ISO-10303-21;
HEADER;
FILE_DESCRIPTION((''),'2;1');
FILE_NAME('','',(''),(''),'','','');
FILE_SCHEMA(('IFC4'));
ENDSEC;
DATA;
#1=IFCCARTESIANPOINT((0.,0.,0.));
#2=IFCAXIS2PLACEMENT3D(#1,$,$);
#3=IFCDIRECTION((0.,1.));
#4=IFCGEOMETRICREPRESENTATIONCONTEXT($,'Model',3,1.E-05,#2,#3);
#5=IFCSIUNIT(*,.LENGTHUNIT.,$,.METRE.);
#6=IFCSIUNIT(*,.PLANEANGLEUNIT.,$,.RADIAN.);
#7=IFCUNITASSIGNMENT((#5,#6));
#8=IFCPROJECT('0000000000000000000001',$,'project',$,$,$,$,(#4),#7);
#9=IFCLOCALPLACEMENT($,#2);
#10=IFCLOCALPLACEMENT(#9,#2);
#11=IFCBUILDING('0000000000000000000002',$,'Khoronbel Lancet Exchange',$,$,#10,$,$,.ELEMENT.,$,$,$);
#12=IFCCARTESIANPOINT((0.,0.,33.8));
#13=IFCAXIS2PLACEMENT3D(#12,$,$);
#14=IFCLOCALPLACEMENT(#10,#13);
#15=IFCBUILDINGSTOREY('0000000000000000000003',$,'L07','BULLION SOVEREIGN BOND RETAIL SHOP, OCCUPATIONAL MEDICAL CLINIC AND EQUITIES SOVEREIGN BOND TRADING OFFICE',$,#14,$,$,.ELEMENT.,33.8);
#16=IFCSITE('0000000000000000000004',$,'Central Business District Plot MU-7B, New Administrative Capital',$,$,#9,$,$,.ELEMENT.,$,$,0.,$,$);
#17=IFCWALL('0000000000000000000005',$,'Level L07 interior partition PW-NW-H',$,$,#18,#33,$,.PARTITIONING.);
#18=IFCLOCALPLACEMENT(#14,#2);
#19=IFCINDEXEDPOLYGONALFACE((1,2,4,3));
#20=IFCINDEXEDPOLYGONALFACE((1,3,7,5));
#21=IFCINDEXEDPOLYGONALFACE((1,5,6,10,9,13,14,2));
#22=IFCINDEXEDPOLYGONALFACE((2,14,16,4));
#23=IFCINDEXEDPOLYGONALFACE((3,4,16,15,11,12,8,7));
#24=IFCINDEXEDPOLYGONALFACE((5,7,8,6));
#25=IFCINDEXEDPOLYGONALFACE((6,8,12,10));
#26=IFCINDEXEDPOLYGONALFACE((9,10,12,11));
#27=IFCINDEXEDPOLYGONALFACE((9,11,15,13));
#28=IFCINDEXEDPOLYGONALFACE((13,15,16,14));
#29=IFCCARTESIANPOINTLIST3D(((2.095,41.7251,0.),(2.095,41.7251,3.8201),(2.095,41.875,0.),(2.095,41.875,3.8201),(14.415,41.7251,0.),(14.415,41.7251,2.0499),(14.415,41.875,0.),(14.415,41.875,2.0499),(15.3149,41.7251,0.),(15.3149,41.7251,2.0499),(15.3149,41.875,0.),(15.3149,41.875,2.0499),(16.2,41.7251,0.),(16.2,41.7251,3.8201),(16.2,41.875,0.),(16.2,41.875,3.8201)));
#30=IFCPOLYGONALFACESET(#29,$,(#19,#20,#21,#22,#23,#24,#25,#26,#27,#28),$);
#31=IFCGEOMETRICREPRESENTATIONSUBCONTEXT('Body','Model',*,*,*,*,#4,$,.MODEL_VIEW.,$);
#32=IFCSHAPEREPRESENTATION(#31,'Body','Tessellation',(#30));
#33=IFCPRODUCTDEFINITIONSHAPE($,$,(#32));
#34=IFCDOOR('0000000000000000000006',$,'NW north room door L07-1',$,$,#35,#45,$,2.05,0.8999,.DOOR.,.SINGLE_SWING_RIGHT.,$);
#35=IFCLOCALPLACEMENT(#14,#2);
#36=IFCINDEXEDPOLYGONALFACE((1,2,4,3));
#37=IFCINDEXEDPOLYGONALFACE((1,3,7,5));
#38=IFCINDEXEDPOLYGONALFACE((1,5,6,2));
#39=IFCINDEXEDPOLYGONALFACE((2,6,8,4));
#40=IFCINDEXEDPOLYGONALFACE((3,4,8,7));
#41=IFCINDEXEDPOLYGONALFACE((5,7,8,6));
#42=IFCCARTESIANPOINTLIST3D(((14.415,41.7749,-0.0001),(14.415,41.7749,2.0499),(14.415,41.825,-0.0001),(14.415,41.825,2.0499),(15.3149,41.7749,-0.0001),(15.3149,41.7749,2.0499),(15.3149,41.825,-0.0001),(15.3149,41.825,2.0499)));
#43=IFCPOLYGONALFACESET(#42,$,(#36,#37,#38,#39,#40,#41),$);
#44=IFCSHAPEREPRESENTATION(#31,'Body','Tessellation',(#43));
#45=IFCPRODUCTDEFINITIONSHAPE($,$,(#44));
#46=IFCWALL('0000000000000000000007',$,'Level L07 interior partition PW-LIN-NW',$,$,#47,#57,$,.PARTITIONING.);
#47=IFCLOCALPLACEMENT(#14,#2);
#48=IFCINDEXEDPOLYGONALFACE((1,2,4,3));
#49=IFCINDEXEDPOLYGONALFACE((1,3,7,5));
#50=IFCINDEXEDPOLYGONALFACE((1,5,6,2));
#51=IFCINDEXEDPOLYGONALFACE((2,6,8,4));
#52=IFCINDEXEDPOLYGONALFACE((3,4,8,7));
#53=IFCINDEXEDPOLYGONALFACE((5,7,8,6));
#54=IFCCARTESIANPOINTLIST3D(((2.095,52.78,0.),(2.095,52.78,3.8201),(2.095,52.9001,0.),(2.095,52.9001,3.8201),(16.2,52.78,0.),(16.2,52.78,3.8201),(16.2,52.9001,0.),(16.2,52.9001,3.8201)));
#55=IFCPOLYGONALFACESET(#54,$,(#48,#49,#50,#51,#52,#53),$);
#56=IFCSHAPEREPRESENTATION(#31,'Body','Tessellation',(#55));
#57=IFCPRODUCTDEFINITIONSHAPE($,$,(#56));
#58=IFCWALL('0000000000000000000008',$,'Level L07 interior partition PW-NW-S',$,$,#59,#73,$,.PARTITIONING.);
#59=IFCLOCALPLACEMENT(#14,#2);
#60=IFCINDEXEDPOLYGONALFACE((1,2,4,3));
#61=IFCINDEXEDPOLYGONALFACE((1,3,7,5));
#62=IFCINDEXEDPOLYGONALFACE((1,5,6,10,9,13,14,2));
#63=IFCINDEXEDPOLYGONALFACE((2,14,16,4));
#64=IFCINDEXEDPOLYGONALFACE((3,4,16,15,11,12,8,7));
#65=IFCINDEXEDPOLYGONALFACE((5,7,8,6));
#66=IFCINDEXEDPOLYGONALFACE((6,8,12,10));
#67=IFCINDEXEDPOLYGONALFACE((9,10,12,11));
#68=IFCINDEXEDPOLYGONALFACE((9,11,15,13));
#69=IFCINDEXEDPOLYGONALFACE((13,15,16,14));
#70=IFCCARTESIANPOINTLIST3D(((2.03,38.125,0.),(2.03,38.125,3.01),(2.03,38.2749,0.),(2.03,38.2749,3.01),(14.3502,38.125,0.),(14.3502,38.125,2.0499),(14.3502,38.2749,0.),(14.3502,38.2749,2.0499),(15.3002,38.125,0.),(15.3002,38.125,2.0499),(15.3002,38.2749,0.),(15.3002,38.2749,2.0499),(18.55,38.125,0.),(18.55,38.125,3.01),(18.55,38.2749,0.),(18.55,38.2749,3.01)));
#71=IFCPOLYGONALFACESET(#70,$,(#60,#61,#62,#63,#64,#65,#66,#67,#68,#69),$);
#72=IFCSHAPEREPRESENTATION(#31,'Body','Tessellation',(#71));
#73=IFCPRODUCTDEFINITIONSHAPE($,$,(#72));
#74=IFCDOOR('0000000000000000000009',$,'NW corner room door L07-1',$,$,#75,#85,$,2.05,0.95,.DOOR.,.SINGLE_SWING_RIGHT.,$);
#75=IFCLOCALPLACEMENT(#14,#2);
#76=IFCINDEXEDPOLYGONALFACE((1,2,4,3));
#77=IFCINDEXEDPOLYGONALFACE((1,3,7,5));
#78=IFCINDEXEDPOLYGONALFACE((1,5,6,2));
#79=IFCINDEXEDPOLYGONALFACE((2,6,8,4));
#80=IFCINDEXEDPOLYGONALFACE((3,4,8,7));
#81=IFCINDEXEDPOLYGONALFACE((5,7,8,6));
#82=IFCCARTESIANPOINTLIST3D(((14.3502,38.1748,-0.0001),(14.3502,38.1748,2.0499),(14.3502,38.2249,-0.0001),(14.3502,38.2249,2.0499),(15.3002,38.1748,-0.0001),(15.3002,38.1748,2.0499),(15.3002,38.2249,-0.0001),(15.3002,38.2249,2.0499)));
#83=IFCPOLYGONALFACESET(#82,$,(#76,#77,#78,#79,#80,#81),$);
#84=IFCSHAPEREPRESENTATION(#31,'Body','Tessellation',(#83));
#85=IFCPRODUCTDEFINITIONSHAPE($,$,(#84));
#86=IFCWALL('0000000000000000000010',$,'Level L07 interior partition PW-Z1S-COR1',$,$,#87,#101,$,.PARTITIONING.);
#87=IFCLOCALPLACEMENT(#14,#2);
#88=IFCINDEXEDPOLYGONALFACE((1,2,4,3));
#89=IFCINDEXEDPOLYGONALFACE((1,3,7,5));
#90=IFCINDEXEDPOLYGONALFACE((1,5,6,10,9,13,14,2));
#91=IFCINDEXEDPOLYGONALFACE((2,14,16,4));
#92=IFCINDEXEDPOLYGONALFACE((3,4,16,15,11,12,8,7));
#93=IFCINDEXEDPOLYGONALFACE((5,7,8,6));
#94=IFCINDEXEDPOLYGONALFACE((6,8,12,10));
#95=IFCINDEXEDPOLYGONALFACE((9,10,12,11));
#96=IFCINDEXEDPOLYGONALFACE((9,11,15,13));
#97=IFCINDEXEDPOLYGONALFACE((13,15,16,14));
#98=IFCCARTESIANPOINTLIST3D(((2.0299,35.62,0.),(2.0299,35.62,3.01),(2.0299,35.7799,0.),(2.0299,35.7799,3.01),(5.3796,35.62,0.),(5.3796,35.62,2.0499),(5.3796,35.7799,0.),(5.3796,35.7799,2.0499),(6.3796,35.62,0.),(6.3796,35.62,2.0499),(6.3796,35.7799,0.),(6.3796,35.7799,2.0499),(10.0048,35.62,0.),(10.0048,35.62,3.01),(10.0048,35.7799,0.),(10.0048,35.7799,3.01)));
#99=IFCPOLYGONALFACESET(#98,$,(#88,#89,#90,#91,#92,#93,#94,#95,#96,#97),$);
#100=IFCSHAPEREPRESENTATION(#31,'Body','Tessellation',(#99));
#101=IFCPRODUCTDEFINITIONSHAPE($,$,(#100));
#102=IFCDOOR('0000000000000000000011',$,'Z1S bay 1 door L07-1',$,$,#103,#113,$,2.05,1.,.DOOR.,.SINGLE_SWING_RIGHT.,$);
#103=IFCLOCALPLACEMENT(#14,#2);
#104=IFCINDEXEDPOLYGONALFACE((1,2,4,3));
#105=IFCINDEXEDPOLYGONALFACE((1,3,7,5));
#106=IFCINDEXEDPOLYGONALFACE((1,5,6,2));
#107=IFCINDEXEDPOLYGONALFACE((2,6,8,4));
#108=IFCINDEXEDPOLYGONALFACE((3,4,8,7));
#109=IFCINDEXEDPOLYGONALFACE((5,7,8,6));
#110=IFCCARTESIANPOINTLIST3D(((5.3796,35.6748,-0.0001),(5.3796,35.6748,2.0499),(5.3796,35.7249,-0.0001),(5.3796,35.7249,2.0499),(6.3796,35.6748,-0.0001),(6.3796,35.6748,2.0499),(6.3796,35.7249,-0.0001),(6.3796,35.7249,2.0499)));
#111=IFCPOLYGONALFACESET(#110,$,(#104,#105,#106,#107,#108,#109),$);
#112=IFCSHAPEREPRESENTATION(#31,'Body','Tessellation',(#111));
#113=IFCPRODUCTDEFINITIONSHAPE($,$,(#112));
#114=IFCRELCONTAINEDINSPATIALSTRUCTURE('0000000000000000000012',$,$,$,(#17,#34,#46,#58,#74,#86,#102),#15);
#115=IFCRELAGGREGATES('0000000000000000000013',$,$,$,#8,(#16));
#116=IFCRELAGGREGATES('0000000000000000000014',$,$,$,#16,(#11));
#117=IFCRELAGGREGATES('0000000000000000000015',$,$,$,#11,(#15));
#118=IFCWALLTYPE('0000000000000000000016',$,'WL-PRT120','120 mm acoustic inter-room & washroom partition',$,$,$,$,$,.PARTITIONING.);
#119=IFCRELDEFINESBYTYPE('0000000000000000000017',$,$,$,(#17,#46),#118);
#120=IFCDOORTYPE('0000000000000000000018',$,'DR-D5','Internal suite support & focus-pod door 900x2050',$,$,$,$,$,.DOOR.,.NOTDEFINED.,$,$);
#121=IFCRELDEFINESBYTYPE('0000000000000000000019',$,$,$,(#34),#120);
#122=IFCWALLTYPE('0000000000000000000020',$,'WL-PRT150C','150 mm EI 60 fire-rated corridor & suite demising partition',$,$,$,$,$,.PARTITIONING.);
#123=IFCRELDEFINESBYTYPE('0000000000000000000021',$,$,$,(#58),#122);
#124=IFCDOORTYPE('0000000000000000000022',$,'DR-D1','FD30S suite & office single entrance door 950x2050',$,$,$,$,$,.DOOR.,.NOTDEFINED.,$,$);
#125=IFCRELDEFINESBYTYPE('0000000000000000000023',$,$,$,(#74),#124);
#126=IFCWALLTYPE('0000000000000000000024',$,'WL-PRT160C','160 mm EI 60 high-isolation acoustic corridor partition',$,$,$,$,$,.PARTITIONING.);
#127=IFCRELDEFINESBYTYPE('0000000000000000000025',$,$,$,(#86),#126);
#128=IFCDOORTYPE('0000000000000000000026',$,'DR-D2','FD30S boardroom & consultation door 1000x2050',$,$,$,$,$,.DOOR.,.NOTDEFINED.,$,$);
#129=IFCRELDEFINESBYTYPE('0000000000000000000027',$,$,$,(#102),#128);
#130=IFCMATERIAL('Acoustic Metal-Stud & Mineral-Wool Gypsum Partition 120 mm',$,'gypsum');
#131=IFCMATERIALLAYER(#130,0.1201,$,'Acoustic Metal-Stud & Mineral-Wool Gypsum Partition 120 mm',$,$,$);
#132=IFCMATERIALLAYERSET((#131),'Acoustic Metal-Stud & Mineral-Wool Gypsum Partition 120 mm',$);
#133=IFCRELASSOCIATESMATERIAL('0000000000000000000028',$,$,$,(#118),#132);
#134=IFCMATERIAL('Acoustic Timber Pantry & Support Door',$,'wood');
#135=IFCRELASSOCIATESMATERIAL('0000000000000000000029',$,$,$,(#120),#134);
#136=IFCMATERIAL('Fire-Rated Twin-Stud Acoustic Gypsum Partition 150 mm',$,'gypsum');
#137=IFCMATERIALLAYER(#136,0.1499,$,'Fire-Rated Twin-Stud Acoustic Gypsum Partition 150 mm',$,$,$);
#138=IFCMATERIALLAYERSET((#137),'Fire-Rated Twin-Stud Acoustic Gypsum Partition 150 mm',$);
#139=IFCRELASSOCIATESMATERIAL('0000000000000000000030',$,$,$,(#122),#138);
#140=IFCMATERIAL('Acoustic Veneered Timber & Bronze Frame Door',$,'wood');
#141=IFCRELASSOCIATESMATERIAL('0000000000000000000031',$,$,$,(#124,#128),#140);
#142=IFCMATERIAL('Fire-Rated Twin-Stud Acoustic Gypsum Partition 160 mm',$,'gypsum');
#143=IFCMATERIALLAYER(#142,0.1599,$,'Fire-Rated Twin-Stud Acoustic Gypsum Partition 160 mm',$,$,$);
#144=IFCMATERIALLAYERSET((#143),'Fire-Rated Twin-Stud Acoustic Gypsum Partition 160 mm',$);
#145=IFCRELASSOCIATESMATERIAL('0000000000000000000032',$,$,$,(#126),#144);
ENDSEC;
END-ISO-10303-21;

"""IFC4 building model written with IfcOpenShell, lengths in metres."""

from ifc_helpers import new_model, si_unit, direction, frame, frame_2d, origin, place, context, subcontext, project, spatial, rectangle, extrude, material, layer, layer_set, type_object, element, fill, save


model = new_model("IFC4")

# Units and contexts
model_context = context("Model", 3, precision=1e-05, world=origin(), true_north=direction((0.0, 1.0)))
body_context = subcontext(model_context, "Body", "Model", "MODEL_VIEW")
ifc_project = project(units=[si_unit("LENGTHUNIT", "METRE"), si_unit("PLANEANGLEUNIT", "RADIAN")], contexts=[model_context])

# Site, building, storey
site_placement = place(None, origin())
site = spatial("IfcSite", under=ifc_project, at=site_placement, Name="Central Business District Plot MU-7B, New Administrative Capital", CompositionType="ELEMENT", RefElevation=0.0)
building_placement = place(site_placement, origin())
building = spatial("IfcBuilding", under=site, at=building_placement, Name="Khoronbel Lancet Exchange", CompositionType="ELEMENT")
storey_placement = place(building_placement, frame((0.0, 0.0, 33.8)))
storey = spatial("IfcBuildingStorey", under=building, at=storey_placement, Name="L07", Description="BULLION SOVEREIGN BOND RETAIL SHOP, OCCUPATIONAL MEDICAL CLINIC AND EQUITIES SOVEREIGN BOND TRADING OFFICE", CompositionType="ELEMENT", Elevation=33.8)

# Wall, opening, door
ifc_material_1 = material(Name="Acoustic Metal-Stud & Mineral-Wool Gypsum Partition 120 mm", Category="gypsum")
ifc_layer_1 = layer(ifc_material_1, 0.1201, Name="Acoustic Metal-Stud & Mineral-Wool Gypsum Partition 120 mm")
ifc_layer_set_1 = layer_set([ifc_layer_1], Name="Acoustic Metal-Stud & Mineral-Wool Gypsum Partition 120 mm")
wall_type_1 = type_object("IfcWallType", Name="WL-PRT120", Description="120 mm acoustic inter-room & washroom partition", PredefinedType="PARTITIONING", material=ifc_layer_set_1)
wall_1_placement = place(storey_placement, frame((2.095, 41.8, 0.0), z_axis=(0.0, 0.0, 1.0), x_axis=(1.0, 0.0, 0.0)))
wall_1 = element("IfcWall", 1, at=wall_1_placement, inside=storey, type_object=wall_type_1, Name="Level L07 interior partition PW-NW-H", PredefinedType="PARTITIONING", context=body_context, shape_type="SweptSolid", body=[
    extrude(rectangle(XDim=14.105, YDim=0.1499, at=frame_2d((7.0525, 0.0))), origin(), (0.0, 0.0, 1.0), 3.8201),
])
opening_1_placement = place(wall_1_placement, frame((12.3201, 0.0, 0.0)))
opening_1 = element("IfcOpeningElement", 2, at=opening_1_placement, cuts=wall_1, PredefinedType="OPENING", context=body_context, shape_type="SweptSolid", body=[
    extrude(rectangle(XDim=0.8999, YDim=2.05, at=frame_2d((0.45, 1.0249))), frame((0.0, 0.085, 0.0), z_axis=(0.0, -1.0, 0.0), x_axis=(1.0, 0.0, 0.0)), (0.0, 0.0, 1.0), 0.1699),
])
ifc_material_2 = material(Name="Acoustic Timber Pantry & Support Door", Category="wood")
door_type_1 = type_object("IfcDoorType", Name="DR-D5", Description="Internal suite support & focus-pod door 900x2050", OperationType="NOTDEFINED", PredefinedType="DOOR", material=ifc_material_2)
door_1_placement = place(opening_1_placement, origin())
door_1 = element("IfcDoor", 3, at=door_1_placement, inside=storey, type_object=door_type_1, Name="NW north room door L07-1", OperationType="SINGLE_SWING_RIGHT", OverallHeight=2.05, OverallWidth=0.8999, PredefinedType="DOOR", context=body_context, shape_type="SweptSolid", body=[
    extrude(rectangle(XDim=0.8999, YDim=2.05, at=frame_2d((0.45, 1.0249))), frame((0.0, 0.0249, 0.0), z_axis=(0.0, -1.0, 0.0), x_axis=(1.0, 0.0, 0.0)), (0.0, 0.0, 1.0), 0.05),
])
fill(opening_1, door_1)

# Wall
wall_2_placement = place(storey_placement, frame((2.095, 52.8401, 0.0), z_axis=(0.0, 0.0, 1.0), x_axis=(1.0, 0.0, 0.0)))
element("IfcWall", 4, at=wall_2_placement, inside=storey, type_object=wall_type_1, Name="Level L07 interior partition PW-LIN-NW", PredefinedType="PARTITIONING", context=body_context, shape_type="SweptSolid", body=[
    extrude(rectangle(XDim=14.105, YDim=0.1201, at=frame_2d((7.0525, 0.0))), origin(), (0.0, 0.0, 1.0), 3.8201),
])

# Walls, openings, doors
ifc_material_3 = material(Name="Fire-Rated Twin-Stud Acoustic Gypsum Partition 150 mm", Category="gypsum")
ifc_layer_2 = layer(ifc_material_3, 0.1499, Name="Fire-Rated Twin-Stud Acoustic Gypsum Partition 150 mm")
ifc_layer_set_2 = layer_set([ifc_layer_2], Name="Fire-Rated Twin-Stud Acoustic Gypsum Partition 150 mm")
wall_type_2 = type_object("IfcWallType", Name="WL-PRT150C", Description="150 mm EI 60 fire-rated corridor & suite demising partition", PredefinedType="PARTITIONING", material=ifc_layer_set_2)
wall_3_placement = place(storey_placement, frame((2.03, 38.2, 0.0), z_axis=(0.0, 0.0, 1.0), x_axis=(1.0, 0.0, 0.0)))
wall_3 = element("IfcWall", 5, at=wall_3_placement, inside=storey, type_object=wall_type_2, Name="Level L07 interior partition PW-NW-S", PredefinedType="PARTITIONING", context=body_context, shape_type="SweptSolid", body=[
    extrude(rectangle(XDim=16.52, YDim=0.1499, at=frame_2d((8.26, 0.0))), origin(), (0.0, 0.0, 1.0), 3.01),
])
opening_2_placement = place(wall_3_placement, frame((12.3201, 0.0, 0.0)))
opening_2 = element("IfcOpeningElement", 6, at=opening_2_placement, cuts=wall_3, PredefinedType="OPENING", context=body_context, shape_type="SweptSolid", body=[
    extrude(rectangle(XDim=0.95, YDim=2.05, at=frame_2d((0.4751, 1.0249))), frame((0.0, 0.085, 0.0), z_axis=(0.0, -1.0, 0.0), x_axis=(1.0, 0.0, 0.0)), (0.0, 0.0, 1.0), 0.1699),
])
ifc_material_4 = material(Name="Acoustic Veneered Timber & Bronze Frame Door", Category="wood")
door_type_2 = type_object("IfcDoorType", Name="DR-D1", Description="FD30S suite & office single entrance door 950x2050", OperationType="NOTDEFINED", PredefinedType="DOOR", material=ifc_material_4)
door_2_placement = place(opening_2_placement, origin())
door_2 = element("IfcDoor", 7, at=door_2_placement, inside=storey, type_object=door_type_2, Name="NW corner room door L07-1", OperationType="SINGLE_SWING_RIGHT", OverallHeight=2.05, OverallWidth=0.95, PredefinedType="DOOR", context=body_context, shape_type="SweptSolid", body=[
    extrude(rectangle(XDim=0.95, YDim=2.05, at=frame_2d((0.4751, 1.0249))), frame((0.0, 0.0249, 0.0), z_axis=(0.0, -1.0, 0.0), x_axis=(1.0, 0.0, 0.0)), (0.0, 0.0, 1.0), 0.05),
])
fill(opening_2, door_2)
ifc_material_5 = material(Name="Fire-Rated Twin-Stud Acoustic Gypsum Partition 160 mm", Category="gypsum")
ifc_layer_3 = layer(ifc_material_5, 0.1599, Name="Fire-Rated Twin-Stud Acoustic Gypsum Partition 160 mm")
ifc_layer_set_3 = layer_set([ifc_layer_3], Name="Fire-Rated Twin-Stud Acoustic Gypsum Partition 160 mm")
wall_type_3 = type_object("IfcWallType", Name="WL-PRT160C", Description="160 mm EI 60 high-isolation acoustic corridor partition", PredefinedType="PARTITIONING", material=ifc_layer_set_3)
wall_4_placement = place(storey_placement, frame((2.03, 35.7, 0.0), z_axis=(0.0, 0.0, 1.0), x_axis=(1.0, 0.0, 0.0)))
wall_4 = element("IfcWall", 8, at=wall_4_placement, inside=storey, type_object=wall_type_3, Name="Level L07 interior partition PW-Z1S-COR1", PredefinedType="PARTITIONING", context=body_context, shape_type="SweptSolid", body=[
    extrude(rectangle(XDim=7.9749, YDim=0.1599, at=frame_2d((3.9873, 0.0))), origin(), (0.0, 0.0, 1.0), 3.01),
])
opening_3_placement = place(wall_4_placement, frame((3.3496, 0.0, 0.0)))
opening_3 = element("IfcOpeningElement", 9, at=opening_3_placement, cuts=wall_4, PredefinedType="OPENING", context=body_context, shape_type="SweptSolid", body=[
    extrude(rectangle(XDim=1.0, YDim=2.05, at=frame_2d((0.5, 1.0249))), frame((0.0, 0.0898, 0.0), z_axis=(0.0, -1.0, 0.0), x_axis=(1.0, 0.0, 0.0)), (0.0, 0.0, 1.0), 0.1799),
])
door_type_3 = type_object("IfcDoorType", Name="DR-D2", Description="FD30S boardroom & consultation door 1000x2050", OperationType="NOTDEFINED", PredefinedType="DOOR", material=ifc_material_4)
door_3_placement = place(opening_3_placement, origin())
door_3 = element("IfcDoor", 10, at=door_3_placement, inside=storey, type_object=door_type_3, Name="Z1S bay 1 door L07-1", OperationType="SINGLE_SWING_RIGHT", OverallHeight=2.05, OverallWidth=1.0, PredefinedType="DOOR", context=body_context, shape_type="SweptSolid", body=[
    extrude(rectangle(XDim=1.0, YDim=2.05, at=frame_2d((0.5, 1.0249))), frame((0.0, 0.0249, 0.0), z_axis=(0.0, -1.0, 0.0), x_axis=(1.0, 0.0, 0.0)), (0.0, 0.0, 1.0), 0.05),
])
fill(opening_3, door_3)

save(model, "model.ifc")
